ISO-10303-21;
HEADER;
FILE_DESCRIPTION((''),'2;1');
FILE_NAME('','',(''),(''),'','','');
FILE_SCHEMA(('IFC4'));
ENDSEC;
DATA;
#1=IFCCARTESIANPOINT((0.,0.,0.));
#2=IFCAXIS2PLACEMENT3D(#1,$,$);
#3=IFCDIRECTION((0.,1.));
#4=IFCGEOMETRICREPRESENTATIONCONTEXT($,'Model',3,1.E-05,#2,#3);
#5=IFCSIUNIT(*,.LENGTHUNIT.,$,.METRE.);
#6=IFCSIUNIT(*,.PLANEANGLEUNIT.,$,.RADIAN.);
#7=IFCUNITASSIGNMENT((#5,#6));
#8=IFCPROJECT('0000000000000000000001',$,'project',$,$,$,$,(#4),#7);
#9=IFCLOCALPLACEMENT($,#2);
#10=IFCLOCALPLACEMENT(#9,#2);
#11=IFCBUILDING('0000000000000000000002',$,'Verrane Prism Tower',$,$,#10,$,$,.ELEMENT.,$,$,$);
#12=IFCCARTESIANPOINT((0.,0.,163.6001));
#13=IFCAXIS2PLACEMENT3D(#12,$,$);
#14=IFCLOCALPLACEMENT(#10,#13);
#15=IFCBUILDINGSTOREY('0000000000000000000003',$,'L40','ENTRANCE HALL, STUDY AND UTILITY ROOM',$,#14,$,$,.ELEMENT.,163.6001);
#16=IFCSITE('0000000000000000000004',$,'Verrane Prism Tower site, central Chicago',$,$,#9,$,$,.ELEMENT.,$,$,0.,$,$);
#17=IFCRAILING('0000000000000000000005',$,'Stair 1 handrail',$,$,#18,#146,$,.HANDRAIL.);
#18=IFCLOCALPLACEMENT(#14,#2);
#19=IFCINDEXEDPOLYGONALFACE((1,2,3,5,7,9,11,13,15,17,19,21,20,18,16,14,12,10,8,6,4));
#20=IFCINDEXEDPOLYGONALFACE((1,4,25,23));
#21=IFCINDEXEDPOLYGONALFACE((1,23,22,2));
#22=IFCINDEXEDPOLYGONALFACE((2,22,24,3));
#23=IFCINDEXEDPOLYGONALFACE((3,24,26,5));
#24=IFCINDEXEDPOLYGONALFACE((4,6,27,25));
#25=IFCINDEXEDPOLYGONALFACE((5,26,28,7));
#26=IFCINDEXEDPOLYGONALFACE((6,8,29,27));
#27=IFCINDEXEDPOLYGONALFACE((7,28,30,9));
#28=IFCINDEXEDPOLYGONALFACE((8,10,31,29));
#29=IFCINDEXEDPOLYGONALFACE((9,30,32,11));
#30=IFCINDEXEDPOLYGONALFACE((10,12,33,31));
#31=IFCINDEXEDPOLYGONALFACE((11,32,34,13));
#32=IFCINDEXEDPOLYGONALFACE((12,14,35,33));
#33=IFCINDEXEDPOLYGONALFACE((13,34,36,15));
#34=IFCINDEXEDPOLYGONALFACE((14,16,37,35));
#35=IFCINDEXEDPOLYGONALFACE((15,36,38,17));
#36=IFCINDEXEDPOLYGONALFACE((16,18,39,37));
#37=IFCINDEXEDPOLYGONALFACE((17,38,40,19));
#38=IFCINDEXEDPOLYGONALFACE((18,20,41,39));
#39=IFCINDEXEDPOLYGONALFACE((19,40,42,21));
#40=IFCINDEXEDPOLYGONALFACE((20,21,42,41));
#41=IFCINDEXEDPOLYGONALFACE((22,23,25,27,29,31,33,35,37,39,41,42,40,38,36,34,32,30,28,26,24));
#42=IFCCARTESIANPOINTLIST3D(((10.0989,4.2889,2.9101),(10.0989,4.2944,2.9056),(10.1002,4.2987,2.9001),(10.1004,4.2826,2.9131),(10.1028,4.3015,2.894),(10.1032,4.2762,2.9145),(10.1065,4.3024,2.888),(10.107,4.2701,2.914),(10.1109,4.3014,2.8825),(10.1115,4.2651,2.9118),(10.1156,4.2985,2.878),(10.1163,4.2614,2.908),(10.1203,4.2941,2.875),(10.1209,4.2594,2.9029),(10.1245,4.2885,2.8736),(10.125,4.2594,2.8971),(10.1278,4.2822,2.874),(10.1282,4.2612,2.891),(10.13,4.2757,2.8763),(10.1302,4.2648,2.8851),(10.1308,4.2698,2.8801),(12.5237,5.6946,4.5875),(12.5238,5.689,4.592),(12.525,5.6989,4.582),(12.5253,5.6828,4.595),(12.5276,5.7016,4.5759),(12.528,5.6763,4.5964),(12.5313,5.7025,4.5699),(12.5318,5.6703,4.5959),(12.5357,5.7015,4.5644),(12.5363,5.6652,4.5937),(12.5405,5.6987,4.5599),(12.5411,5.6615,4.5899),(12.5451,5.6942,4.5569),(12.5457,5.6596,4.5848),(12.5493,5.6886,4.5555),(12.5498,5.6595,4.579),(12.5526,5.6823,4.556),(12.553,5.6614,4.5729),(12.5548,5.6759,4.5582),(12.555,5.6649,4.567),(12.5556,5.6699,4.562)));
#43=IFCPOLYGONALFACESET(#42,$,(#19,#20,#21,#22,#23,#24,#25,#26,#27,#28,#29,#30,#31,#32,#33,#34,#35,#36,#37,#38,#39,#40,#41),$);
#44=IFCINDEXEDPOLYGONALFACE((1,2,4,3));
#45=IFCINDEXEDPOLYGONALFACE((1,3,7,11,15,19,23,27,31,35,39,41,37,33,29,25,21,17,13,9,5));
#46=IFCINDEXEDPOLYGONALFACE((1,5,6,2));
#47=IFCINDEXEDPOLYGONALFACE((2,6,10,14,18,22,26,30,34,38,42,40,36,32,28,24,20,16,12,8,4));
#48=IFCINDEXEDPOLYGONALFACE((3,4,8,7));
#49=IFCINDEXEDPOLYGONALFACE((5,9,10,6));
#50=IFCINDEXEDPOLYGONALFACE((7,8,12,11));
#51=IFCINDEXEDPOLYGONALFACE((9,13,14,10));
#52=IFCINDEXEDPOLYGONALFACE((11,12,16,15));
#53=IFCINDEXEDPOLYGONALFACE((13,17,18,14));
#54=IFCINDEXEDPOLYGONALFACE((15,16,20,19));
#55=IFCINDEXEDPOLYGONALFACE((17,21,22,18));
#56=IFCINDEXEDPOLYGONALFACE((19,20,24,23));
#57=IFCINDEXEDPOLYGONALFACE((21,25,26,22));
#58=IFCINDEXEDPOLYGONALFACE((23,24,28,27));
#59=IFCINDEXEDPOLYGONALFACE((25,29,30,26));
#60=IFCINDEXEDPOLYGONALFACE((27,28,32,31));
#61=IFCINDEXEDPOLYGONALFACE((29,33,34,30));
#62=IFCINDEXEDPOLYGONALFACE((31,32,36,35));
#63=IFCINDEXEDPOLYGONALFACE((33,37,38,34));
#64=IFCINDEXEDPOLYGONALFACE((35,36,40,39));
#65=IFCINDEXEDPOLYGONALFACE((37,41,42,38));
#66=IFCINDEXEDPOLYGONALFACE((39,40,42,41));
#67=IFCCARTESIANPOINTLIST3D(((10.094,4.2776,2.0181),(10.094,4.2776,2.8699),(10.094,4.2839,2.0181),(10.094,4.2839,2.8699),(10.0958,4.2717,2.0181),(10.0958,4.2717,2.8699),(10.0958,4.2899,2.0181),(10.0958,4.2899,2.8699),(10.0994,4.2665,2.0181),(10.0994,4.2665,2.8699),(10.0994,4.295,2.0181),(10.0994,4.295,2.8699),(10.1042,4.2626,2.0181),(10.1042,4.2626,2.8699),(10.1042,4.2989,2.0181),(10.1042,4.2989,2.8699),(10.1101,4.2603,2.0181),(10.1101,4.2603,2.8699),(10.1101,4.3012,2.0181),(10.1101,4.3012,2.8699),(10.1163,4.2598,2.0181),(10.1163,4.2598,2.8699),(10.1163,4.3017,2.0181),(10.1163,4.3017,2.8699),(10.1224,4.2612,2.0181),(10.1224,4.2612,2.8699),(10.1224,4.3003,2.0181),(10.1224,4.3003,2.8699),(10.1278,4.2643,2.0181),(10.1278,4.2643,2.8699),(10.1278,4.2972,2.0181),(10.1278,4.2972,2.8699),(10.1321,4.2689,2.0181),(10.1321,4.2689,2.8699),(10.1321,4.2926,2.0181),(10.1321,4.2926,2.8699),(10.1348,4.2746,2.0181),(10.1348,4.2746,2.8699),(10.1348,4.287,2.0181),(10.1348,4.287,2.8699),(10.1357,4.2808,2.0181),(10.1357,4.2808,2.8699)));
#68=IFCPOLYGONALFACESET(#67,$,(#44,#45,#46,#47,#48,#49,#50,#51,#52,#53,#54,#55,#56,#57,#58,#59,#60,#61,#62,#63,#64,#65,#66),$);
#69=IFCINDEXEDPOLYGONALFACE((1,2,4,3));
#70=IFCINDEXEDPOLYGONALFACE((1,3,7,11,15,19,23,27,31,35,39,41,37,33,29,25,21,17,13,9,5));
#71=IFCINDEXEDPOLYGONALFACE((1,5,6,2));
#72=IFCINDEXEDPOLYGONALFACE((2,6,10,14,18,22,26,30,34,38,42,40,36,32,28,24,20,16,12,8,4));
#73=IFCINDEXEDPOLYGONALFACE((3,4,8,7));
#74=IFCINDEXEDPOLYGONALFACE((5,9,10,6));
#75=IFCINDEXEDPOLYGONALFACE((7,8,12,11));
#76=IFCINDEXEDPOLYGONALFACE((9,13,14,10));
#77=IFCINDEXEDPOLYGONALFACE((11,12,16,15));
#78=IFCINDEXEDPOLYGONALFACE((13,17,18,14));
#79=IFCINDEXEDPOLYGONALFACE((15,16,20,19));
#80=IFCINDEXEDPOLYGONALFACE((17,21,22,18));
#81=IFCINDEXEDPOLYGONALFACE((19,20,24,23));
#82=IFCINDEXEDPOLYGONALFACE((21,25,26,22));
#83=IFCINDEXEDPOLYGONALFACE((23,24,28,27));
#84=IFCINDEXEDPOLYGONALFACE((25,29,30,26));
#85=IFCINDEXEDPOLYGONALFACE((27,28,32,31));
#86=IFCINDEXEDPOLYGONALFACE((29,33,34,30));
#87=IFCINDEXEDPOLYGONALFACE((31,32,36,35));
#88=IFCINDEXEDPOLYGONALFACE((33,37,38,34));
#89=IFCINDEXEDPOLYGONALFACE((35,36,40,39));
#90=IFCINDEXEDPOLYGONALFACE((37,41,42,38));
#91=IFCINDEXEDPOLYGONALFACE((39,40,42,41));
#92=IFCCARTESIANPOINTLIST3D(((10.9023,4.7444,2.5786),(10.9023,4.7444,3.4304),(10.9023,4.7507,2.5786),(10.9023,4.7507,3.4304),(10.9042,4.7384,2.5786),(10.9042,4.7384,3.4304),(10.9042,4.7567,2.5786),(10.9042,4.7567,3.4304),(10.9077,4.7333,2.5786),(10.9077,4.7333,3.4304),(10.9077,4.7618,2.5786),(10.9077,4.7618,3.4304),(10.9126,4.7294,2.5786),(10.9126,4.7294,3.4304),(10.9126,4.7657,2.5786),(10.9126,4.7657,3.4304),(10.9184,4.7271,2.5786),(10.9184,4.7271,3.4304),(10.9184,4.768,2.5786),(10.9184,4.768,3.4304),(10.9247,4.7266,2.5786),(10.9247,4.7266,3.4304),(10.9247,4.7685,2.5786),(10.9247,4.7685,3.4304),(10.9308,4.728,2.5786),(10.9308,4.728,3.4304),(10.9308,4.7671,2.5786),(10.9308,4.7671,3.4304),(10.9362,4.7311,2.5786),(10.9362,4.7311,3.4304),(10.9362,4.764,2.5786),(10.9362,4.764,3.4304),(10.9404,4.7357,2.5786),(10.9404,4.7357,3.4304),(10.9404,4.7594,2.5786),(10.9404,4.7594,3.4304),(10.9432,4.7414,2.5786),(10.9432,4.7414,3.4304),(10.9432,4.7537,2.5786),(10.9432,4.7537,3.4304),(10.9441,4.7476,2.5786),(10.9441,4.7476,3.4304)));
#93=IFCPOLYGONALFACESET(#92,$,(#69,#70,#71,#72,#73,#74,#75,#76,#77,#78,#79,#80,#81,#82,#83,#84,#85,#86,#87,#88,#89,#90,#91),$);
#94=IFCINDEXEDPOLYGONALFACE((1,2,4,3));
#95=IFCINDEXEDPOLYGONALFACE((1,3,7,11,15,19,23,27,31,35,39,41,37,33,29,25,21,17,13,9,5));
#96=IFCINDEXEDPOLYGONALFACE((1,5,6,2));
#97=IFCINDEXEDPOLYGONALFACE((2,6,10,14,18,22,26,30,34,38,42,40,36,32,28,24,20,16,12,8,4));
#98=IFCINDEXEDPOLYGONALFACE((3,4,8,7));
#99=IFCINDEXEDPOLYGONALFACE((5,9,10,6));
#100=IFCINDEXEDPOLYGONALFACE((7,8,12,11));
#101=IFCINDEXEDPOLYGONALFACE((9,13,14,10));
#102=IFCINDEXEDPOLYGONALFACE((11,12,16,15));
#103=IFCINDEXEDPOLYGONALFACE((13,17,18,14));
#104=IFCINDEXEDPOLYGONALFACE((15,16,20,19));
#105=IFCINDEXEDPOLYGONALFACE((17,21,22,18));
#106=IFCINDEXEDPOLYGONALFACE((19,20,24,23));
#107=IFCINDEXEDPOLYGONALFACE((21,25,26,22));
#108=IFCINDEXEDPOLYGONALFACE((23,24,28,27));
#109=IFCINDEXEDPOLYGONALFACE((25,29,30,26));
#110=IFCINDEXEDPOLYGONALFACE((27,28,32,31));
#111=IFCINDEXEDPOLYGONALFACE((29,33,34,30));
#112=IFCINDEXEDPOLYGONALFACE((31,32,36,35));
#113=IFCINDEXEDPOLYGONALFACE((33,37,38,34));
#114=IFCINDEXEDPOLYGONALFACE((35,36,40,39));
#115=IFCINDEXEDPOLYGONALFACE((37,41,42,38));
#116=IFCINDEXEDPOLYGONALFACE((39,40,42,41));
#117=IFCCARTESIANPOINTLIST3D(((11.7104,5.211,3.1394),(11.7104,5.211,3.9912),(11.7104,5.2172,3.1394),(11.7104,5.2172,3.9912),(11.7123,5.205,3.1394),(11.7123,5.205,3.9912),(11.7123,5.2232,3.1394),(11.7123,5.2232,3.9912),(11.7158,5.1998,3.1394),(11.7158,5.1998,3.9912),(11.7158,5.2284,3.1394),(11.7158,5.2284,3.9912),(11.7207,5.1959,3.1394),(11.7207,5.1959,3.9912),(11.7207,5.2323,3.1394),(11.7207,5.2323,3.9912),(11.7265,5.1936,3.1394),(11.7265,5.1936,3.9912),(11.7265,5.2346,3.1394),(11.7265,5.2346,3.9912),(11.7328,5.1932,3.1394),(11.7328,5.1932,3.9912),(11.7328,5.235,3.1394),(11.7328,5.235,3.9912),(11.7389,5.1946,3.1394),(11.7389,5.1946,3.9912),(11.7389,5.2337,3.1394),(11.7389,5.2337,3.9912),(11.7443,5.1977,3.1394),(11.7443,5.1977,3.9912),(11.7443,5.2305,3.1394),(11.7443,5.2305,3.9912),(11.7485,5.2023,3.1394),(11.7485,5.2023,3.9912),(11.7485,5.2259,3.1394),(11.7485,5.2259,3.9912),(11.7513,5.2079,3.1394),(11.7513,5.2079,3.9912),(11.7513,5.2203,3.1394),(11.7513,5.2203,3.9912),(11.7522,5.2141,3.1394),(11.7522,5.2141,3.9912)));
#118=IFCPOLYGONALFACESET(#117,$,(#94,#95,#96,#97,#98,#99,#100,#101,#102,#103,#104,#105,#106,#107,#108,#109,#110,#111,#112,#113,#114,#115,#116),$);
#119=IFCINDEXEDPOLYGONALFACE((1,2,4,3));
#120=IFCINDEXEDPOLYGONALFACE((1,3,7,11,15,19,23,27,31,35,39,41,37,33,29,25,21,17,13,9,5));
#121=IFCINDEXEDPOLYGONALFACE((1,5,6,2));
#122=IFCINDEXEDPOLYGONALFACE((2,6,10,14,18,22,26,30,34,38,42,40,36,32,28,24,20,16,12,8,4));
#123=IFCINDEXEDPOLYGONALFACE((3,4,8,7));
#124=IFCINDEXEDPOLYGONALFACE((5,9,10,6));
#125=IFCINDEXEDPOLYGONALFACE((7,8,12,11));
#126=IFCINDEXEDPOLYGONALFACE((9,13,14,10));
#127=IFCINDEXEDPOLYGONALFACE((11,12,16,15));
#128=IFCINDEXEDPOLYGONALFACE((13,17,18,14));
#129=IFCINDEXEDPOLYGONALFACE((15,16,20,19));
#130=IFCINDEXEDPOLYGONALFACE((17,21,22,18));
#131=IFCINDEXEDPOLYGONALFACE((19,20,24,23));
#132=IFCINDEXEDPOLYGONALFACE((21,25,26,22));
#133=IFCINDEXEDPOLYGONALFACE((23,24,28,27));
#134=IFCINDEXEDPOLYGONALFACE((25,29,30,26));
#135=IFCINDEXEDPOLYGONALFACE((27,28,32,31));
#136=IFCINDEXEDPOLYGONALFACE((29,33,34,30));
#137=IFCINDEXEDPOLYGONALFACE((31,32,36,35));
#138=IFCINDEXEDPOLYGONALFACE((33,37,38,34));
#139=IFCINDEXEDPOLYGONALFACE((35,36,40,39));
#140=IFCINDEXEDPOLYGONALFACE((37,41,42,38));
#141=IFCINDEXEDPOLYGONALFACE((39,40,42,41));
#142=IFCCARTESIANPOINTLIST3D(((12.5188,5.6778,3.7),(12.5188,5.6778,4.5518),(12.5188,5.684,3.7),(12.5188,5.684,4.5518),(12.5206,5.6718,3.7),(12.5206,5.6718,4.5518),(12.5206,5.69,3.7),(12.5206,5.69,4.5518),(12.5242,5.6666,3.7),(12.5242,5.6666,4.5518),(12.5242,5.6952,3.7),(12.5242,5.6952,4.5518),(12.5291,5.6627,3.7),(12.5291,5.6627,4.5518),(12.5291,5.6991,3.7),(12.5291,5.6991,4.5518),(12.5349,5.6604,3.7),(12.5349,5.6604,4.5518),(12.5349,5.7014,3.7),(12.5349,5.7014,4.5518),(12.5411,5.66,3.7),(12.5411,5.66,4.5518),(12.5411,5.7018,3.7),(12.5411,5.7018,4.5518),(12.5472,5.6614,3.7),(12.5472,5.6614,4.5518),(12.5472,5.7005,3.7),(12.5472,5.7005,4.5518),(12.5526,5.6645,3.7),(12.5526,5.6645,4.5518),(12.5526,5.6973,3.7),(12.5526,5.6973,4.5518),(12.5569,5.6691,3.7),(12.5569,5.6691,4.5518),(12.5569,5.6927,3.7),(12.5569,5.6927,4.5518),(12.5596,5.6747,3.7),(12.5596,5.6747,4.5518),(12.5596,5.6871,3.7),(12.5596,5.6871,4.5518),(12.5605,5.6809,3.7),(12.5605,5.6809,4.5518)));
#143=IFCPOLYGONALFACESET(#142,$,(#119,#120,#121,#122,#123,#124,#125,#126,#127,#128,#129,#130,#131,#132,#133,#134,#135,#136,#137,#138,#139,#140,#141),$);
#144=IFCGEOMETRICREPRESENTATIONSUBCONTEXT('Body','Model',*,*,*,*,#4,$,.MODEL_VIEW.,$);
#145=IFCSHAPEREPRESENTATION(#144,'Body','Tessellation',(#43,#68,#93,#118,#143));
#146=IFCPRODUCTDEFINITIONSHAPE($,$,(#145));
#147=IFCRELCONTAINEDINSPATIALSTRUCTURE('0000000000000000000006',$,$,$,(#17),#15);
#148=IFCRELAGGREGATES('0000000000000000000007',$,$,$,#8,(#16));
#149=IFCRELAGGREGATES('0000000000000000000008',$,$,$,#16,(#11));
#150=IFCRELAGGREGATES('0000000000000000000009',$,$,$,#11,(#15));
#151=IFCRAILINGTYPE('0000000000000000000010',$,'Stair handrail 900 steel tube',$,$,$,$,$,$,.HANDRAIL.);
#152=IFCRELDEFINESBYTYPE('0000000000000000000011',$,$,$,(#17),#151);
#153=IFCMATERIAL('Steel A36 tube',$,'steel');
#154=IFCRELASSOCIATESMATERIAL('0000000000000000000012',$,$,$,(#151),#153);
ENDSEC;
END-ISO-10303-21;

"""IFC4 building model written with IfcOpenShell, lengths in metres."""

from ifc_helpers import new_model, si_unit, direction, frame, origin, origin_2d, place, context, subcontext, project, spatial, circle, extrude, material, type_object, element, save


model = new_model("IFC4")

# Units and contexts
model_context = context("Model", 3, precision=1e-05, world=origin(), true_north=direction((0.0, 1.0)))
body_context = subcontext(model_context, "Body", "Model", "MODEL_VIEW")
ifc_project = project(units=[si_unit("LENGTHUNIT", "METRE"), si_unit("PLANEANGLEUNIT", "RADIAN")], contexts=[model_context])

# Site, building, storey
site_placement = place(None, origin())
site = spatial("IfcSite", under=ifc_project, at=site_placement, Name="Verrane Prism Tower site, central Chicago", CompositionType="ELEMENT", RefElevation=0.0)
building_placement = place(site_placement, origin())
building = spatial("IfcBuilding", under=site, at=building_placement, Name="Verrane Prism Tower", CompositionType="ELEMENT")
storey_placement = place(building_placement, frame((0.0, 0.0, 163.6001)))
storey = spatial("IfcBuildingStorey", under=building, at=storey_placement, Name="L40", Description="ENTRANCE HALL, STUDY AND UTILITY ROOM", CompositionType="ELEMENT", Elevation=163.6001)

# Railing
ifc_material_1 = material(Name="Steel A36 tube", Category="steel")
railing_type_1 = type_object("IfcRailingType", Name="Stair handrail 900 steel tube", PredefinedType="HANDRAIL", material=ifc_material_1)
railing_1_placement = place(storey_placement, frame((10.1147, 4.2808, 2.0181)))
element("IfcRailing", 1, at=railing_1_placement, inside=storey, type_object=railing_type_1, Name="Stair 1 handrail", PredefinedType="HANDRAIL", context=body_context, shape_type="SweptSolid", body=[
    extrude(circle(Radius=0.0239, at=origin_2d()), frame((0.0, 0.0, 0.876), z_axis=(0.742367, 0.428662, 0.514918), x_axis=(-0.50005, 0.865997, 0.0)), (0.0, 0.0, 1.0), 3.2664),
    extrude(circle(Radius=0.021, at=origin_2d()), origin(), (0.0, 0.0, 1.0), 0.8518),
    extrude(circle(Radius=0.021, at=origin_2d()), frame((0.8083, 0.4668, 0.5605)), (0.0, 0.0, 1.0), 0.8518),
    extrude(circle(Radius=0.021, at=origin_2d()), frame((1.6165, 0.9333, 1.1213)), (0.0, 0.0, 1.0), 0.8518),
    extrude(circle(Radius=0.021, at=origin_2d()), frame((2.4248, 1.4001, 1.6819)), (0.0, 0.0, 1.0), 0.8518),
])

save(model, "model.ifc")
